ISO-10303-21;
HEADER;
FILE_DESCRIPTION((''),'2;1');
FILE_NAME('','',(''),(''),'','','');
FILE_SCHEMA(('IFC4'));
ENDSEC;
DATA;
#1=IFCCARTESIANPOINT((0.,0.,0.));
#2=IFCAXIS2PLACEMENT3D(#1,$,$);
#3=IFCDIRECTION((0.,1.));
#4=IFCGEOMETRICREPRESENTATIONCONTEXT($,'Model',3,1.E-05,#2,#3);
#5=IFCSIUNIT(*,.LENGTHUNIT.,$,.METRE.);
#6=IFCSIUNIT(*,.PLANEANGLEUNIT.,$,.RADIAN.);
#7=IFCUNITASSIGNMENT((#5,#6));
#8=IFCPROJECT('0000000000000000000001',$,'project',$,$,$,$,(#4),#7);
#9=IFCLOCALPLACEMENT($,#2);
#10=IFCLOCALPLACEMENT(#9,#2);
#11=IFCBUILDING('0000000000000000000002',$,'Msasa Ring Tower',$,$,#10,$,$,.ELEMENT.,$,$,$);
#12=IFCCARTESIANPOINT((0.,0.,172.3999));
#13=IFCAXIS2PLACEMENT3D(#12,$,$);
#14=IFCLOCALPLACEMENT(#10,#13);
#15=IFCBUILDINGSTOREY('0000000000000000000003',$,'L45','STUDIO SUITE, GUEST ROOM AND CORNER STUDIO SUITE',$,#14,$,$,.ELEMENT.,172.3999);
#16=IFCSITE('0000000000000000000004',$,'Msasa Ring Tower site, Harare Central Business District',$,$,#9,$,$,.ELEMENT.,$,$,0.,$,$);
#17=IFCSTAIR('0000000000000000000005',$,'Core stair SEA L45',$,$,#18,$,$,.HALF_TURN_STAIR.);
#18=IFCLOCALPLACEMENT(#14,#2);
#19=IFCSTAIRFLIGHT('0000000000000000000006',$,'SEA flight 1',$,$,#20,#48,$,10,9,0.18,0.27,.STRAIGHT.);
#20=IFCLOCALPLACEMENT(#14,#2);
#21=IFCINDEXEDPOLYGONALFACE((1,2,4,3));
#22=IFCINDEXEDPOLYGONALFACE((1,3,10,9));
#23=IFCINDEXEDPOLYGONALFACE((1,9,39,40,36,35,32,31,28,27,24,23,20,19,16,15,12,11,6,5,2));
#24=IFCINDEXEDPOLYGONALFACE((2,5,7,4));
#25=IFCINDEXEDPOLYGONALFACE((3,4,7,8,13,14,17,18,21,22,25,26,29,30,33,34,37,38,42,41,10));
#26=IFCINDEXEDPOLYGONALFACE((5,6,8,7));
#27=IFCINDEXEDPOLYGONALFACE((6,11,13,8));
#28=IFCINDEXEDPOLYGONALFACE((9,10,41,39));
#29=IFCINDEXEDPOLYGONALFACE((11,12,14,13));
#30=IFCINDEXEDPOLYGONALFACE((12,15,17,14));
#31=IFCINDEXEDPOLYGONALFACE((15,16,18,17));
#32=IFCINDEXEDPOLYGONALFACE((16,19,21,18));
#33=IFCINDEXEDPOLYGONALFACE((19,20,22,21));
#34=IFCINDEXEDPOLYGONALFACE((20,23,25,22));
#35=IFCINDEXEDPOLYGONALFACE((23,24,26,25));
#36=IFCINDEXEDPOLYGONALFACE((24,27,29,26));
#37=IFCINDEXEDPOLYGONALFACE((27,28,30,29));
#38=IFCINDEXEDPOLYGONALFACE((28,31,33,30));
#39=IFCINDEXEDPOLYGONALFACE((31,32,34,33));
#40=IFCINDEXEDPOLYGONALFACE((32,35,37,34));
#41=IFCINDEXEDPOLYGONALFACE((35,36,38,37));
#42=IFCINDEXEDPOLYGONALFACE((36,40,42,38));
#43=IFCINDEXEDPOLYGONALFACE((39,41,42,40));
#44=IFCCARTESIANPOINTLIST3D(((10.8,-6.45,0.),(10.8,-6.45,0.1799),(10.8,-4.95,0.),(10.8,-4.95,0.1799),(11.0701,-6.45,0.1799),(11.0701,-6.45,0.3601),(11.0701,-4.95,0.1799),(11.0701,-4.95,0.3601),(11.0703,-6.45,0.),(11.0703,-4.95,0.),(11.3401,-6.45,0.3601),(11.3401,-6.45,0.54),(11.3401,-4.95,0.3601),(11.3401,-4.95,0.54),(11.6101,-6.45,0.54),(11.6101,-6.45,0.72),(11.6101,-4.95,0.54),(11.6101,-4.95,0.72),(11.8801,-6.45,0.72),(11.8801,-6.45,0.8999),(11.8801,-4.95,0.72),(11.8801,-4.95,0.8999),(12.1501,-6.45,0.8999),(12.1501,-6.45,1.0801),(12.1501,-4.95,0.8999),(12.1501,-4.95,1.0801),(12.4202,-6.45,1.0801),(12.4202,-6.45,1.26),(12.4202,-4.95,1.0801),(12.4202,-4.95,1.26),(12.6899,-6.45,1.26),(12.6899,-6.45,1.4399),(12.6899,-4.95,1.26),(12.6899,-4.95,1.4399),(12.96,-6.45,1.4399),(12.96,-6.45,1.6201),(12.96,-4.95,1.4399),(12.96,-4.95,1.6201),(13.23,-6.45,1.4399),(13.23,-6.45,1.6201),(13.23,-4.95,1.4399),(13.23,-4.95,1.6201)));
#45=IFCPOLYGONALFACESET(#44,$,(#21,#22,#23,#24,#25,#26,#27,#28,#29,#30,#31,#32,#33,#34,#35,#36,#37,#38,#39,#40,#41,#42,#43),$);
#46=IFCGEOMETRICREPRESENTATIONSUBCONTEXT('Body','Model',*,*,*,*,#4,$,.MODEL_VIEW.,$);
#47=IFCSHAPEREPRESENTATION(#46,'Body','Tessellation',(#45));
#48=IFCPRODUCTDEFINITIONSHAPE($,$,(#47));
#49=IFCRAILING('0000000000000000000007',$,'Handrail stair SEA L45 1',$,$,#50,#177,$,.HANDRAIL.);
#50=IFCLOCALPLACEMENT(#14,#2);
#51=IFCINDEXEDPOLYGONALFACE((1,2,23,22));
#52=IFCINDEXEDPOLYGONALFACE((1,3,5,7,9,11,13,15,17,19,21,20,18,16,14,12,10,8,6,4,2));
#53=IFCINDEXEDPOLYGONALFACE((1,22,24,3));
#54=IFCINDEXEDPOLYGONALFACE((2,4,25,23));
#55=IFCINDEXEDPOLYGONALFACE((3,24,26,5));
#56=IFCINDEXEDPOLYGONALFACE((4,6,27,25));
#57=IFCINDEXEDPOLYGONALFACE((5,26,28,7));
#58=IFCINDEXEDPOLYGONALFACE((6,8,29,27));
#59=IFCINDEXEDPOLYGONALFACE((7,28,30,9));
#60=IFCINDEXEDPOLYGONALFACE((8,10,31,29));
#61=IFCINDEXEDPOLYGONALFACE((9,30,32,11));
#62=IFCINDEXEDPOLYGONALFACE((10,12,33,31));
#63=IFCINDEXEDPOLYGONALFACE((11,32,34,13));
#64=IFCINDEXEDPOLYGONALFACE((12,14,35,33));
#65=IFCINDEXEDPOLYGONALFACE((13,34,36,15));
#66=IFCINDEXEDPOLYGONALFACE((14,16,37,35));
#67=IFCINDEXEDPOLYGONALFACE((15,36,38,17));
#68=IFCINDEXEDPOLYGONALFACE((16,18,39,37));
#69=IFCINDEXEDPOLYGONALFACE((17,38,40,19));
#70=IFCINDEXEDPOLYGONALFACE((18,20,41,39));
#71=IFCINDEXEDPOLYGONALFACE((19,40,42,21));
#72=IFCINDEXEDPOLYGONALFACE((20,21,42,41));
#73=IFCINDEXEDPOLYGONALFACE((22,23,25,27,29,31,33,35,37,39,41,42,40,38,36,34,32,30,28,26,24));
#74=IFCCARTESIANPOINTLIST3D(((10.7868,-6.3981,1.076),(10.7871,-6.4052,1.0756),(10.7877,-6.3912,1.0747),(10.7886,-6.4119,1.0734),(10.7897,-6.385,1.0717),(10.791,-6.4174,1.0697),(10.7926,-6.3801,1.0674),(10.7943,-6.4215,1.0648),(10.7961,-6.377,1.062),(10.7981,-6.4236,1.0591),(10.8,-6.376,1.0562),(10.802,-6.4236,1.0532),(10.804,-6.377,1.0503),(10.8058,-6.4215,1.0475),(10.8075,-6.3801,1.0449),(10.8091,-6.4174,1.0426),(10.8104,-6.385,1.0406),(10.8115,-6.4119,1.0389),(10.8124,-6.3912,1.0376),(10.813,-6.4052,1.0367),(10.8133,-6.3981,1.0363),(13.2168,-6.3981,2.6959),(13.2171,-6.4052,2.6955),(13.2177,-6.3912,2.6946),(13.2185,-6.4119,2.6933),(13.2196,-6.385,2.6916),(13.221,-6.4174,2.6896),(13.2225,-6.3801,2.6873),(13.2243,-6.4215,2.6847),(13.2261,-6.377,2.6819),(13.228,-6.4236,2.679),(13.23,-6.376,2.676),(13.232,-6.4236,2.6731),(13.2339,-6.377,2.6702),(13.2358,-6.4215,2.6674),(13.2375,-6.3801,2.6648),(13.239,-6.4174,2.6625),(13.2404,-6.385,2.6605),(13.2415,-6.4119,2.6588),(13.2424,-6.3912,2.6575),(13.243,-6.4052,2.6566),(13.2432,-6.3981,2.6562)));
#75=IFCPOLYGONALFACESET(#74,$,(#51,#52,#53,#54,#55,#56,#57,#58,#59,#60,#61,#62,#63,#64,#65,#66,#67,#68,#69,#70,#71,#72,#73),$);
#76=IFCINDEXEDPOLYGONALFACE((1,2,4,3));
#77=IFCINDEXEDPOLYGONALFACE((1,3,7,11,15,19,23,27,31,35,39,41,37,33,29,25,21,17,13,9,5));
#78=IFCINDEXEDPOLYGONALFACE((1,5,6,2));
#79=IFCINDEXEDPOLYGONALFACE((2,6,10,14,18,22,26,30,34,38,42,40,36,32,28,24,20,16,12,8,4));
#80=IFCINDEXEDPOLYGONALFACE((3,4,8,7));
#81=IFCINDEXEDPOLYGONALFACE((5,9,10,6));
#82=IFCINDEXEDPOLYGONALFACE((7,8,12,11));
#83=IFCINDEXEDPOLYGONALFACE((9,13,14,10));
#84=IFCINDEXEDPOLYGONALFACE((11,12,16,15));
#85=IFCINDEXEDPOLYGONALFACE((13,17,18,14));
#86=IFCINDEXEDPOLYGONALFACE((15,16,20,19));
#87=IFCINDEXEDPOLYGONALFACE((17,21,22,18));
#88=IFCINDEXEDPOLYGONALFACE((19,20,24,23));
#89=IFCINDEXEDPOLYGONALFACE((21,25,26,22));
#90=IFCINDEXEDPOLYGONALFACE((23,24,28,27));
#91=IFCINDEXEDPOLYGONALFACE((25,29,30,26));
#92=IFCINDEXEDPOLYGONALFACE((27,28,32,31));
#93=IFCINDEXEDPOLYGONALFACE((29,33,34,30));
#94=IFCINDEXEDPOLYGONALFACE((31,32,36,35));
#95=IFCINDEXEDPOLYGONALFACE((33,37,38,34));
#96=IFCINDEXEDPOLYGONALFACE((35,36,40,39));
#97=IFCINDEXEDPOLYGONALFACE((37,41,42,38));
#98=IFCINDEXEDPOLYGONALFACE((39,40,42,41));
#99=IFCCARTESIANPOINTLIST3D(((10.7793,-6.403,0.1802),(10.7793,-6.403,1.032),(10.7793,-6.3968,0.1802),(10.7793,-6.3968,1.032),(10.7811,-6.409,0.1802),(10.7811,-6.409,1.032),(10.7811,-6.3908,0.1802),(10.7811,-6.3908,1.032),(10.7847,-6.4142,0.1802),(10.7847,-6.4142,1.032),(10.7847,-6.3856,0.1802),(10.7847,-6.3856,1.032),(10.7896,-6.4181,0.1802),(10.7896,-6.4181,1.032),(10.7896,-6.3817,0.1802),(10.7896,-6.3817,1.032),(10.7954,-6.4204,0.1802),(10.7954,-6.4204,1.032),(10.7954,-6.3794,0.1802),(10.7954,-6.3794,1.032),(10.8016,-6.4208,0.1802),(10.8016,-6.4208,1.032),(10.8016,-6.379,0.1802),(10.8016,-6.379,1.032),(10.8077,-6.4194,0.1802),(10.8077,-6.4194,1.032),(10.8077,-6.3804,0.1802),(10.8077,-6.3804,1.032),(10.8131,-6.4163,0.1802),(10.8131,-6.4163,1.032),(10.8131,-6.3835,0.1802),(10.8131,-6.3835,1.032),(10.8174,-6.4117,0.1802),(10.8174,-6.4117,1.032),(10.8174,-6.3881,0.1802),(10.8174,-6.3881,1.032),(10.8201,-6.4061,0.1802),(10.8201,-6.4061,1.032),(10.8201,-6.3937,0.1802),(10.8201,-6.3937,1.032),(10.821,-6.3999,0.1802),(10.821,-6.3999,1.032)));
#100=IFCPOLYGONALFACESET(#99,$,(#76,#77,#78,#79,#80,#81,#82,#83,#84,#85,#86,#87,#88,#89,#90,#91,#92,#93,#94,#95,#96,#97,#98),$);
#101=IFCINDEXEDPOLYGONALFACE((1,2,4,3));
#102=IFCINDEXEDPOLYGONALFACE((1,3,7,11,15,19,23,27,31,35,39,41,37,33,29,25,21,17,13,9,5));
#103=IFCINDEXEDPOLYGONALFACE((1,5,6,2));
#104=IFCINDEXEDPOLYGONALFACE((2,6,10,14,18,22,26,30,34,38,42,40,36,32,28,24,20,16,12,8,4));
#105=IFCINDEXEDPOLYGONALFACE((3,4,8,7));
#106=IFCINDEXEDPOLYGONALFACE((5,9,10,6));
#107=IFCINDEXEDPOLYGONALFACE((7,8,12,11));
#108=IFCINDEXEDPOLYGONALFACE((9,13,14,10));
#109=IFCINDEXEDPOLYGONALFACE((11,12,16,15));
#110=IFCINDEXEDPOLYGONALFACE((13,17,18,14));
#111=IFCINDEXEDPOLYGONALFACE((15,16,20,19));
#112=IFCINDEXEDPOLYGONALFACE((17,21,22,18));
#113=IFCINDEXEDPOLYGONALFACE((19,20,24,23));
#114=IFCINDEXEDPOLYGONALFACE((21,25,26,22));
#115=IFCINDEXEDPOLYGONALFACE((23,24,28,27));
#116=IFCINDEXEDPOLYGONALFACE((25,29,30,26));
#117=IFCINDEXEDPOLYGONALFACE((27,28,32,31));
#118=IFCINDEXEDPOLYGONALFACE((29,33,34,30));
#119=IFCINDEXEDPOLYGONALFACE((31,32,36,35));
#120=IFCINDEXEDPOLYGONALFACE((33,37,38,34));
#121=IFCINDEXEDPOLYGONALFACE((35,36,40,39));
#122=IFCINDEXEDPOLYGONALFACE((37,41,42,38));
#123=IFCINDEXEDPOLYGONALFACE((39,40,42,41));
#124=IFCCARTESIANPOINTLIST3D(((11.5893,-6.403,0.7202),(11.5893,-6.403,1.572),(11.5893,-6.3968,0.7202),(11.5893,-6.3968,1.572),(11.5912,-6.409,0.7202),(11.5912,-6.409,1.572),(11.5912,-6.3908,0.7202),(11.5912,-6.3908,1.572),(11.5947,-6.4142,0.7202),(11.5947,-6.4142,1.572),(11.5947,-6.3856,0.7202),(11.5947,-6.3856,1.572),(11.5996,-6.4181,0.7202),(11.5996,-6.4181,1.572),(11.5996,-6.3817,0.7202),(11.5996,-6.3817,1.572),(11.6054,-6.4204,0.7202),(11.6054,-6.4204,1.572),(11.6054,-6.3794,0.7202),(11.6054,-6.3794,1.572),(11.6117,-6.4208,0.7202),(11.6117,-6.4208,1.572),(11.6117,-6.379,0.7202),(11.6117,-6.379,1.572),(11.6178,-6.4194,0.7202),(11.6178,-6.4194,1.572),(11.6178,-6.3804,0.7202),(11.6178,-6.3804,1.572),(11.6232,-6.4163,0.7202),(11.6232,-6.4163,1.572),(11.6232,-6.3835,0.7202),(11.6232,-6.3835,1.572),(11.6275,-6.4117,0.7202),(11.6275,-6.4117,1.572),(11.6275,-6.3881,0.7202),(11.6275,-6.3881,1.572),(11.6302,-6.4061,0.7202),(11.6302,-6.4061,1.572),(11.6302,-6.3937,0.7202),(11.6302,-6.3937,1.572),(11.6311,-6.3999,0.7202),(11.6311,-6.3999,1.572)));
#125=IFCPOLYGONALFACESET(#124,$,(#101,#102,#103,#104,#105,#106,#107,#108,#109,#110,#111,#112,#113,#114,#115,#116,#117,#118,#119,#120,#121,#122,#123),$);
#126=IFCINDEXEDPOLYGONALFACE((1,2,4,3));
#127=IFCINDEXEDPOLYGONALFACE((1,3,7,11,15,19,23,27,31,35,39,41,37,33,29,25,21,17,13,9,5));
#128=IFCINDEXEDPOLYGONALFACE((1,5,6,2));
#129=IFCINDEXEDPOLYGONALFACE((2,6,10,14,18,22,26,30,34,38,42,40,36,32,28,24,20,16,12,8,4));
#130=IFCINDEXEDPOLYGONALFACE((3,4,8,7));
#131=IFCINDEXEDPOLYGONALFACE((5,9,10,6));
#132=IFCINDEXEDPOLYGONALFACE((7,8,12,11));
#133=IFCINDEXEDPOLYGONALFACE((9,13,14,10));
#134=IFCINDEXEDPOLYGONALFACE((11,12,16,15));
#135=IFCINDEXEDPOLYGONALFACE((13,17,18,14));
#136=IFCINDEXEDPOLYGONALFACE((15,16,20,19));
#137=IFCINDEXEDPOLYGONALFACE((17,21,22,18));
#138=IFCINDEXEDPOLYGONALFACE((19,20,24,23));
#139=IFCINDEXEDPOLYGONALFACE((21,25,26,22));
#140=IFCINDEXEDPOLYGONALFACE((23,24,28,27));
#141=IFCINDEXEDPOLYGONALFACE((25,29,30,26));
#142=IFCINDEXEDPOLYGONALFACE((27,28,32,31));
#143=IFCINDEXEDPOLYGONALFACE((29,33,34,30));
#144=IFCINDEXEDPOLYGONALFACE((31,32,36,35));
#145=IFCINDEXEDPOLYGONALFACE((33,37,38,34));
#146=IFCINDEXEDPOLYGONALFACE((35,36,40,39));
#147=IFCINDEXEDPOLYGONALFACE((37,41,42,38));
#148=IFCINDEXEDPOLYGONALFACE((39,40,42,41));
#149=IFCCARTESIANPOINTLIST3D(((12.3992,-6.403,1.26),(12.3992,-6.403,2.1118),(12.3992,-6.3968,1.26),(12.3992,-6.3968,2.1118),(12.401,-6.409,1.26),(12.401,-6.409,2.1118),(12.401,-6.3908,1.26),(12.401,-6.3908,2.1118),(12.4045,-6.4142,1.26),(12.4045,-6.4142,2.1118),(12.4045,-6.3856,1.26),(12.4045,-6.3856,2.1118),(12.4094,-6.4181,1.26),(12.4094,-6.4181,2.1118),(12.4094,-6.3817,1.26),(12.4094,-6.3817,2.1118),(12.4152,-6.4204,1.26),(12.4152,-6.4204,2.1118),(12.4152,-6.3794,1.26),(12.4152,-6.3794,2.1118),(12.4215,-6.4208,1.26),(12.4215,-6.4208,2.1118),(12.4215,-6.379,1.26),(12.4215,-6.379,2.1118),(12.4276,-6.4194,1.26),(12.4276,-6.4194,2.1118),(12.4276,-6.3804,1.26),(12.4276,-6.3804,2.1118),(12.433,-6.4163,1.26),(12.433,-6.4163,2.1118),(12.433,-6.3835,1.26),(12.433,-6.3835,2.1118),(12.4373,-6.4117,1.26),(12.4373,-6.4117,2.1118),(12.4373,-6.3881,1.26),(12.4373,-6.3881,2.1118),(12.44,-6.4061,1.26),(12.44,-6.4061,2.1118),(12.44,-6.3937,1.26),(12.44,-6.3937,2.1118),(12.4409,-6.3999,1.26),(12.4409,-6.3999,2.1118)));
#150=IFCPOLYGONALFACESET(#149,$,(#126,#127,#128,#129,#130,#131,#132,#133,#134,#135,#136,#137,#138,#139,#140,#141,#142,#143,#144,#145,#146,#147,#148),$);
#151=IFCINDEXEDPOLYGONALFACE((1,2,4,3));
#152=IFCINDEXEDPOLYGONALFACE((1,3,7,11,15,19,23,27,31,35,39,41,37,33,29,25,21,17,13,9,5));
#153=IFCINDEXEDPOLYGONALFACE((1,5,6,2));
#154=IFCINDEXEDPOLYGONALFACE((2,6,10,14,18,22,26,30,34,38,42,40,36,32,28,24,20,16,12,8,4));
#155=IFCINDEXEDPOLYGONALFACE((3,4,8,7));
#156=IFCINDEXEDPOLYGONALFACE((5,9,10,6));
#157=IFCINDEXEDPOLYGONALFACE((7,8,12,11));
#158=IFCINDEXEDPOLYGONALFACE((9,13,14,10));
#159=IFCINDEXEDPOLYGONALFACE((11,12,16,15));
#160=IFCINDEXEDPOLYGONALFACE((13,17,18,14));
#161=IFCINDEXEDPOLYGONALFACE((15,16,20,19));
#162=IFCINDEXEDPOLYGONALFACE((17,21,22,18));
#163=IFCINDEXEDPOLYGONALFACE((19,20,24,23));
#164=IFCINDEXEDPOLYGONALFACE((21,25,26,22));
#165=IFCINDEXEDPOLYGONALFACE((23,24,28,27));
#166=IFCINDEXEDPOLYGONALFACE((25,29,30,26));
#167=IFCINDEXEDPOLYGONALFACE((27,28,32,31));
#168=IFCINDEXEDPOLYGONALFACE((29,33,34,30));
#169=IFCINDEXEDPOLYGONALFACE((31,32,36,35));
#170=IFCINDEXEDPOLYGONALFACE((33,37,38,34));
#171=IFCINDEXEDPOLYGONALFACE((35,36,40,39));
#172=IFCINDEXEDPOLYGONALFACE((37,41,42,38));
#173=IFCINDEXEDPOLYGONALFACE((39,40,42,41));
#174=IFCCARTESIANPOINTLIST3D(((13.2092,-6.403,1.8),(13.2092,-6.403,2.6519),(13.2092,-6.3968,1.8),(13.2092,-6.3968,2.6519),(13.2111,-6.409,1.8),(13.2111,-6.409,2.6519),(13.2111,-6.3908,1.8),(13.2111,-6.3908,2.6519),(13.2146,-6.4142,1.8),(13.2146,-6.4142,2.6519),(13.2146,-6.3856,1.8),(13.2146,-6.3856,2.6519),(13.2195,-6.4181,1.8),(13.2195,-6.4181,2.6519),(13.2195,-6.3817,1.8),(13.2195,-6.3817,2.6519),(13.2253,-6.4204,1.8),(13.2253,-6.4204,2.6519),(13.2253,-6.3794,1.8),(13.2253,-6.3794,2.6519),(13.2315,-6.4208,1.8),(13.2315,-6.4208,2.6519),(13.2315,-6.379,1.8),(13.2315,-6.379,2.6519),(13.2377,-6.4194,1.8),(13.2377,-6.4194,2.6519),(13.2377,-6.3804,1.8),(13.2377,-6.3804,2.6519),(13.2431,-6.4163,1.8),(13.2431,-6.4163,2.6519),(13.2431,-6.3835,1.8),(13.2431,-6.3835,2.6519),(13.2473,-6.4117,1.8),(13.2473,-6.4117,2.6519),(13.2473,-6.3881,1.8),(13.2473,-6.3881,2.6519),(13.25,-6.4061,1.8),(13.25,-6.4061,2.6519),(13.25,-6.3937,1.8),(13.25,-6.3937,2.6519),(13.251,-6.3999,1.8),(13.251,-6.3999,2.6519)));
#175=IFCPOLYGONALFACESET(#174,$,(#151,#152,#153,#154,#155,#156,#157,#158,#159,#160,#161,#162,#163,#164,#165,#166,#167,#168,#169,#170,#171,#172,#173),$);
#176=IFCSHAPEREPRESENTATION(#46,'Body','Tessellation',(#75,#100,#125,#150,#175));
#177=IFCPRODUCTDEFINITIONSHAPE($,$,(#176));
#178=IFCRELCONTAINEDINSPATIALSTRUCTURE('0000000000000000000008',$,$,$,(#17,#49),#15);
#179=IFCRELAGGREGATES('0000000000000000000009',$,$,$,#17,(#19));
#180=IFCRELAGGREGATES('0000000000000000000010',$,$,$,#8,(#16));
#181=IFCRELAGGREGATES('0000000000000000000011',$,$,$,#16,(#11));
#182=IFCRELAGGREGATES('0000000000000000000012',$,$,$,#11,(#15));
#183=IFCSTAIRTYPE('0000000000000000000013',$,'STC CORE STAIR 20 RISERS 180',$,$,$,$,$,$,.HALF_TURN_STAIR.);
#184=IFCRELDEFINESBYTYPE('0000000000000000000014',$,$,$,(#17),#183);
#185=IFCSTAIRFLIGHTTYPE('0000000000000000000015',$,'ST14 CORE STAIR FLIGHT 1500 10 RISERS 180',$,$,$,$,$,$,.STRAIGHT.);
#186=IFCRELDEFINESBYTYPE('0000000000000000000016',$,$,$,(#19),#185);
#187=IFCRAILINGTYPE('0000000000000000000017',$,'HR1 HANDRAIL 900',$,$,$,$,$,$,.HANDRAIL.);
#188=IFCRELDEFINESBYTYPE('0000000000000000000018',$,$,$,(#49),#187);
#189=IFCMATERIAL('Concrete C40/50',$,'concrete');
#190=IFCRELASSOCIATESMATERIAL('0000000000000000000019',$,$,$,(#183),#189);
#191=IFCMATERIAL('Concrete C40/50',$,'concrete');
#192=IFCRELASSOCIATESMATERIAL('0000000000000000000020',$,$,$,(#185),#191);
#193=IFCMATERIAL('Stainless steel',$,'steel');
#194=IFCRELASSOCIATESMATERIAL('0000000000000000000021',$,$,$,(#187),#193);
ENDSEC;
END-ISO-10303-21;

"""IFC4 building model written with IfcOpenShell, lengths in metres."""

from ifc_helpers import new_model, si_unit, direction, frame, origin, origin_2d, place, context, subcontext, project, spatial, polyline, circle, outline, extrude, material, type_object, element, aggregate, save


model = new_model("IFC4")

# Units and contexts
model_context = context("Model", 3, precision=1e-05, world=origin(), true_north=direction((0.0, 1.0)))
body_context = subcontext(model_context, "Body", "Model", "MODEL_VIEW")
ifc_project = project(units=[si_unit("LENGTHUNIT", "METRE"), si_unit("PLANEANGLEUNIT", "RADIAN")], contexts=[model_context])

# Site, building, storey
site_placement = place(None, origin())
site = spatial("IfcSite", under=ifc_project, at=site_placement, Name="Msasa Ring Tower site, Harare Central Business District", CompositionType="ELEMENT", RefElevation=0.0)
building_placement = place(site_placement, origin())
building = spatial("IfcBuilding", under=site, at=building_placement, Name="Msasa Ring Tower", CompositionType="ELEMENT")
storey_placement = place(building_placement, frame((0.0, 0.0, 172.3999)))
storey = spatial("IfcBuildingStorey", under=building, at=storey_placement, Name="L45", Description="STUDIO SUITE, GUEST ROOM AND CORNER STUDIO SUITE", CompositionType="ELEMENT", Elevation=172.3999)

# Stair
ifc_material_1 = material(Name="Concrete C40/50", Category="concrete")
stair_type = type_object("IfcStairType", Name="STC CORE STAIR 20 RISERS 180", PredefinedType="HALF_TURN_STAIR", material=ifc_material_1)
stair_1_placement = place(storey_placement, origin())
stair_1 = element("IfcStair", 1, at=stair_1_placement, inside=storey, type_object=stair_type, Name="Core stair SEA L45", PredefinedType="HALF_TURN_STAIR")

# Stair flight
ifc_material_2 = material(Name="Concrete C40/50", Category="concrete")
stair_flight_type = type_object("IfcStairFlightType", Name="ST14 CORE STAIR FLIGHT 1500 10 RISERS 180", PredefinedType="STRAIGHT", material=ifc_material_2)
stair_flight_placement = place(storey_placement, frame((10.8, -5.7, 0.0), z_axis=(0.0, 0.0, 1.0), x_axis=(1.0, 0.0, 0.0)))
stair_flight = element("IfcStairFlight", 2, at=stair_flight_placement, type_object=stair_flight_type, Name="SEA flight 1", NumberOfRisers=10, NumberOfTreads=9, PredefinedType="STRAIGHT", RiserHeight=0.18, TreadLength=0.27, context=body_context, shape_type="SweptSolid", body=[
    extrude(outline(polyline([(0.0, 0.0), (0.0, 0.1799), (0.27, 0.1799), (0.27, 0.3601), (0.54, 0.3601), (0.54, 0.54), (0.8101, 0.54), (0.8101, 0.72), (1.0801, 0.72), (1.0801, 0.8999), (1.3501, 0.8999), (1.3501, 1.0801), (1.6201, 1.0801), (1.6201, 1.26), (1.8899, 1.26), (1.8899, 1.4399), (2.1599, 1.4399), (2.1599, 1.6201), (2.4299, 1.6201), (2.4299, 1.8), (2.4299, 1.4399), (0.2703, 0.0), (0.0, 0.0)])), frame((0.0, 0.75, 0.0), z_axis=(0.0, -1.0, 0.0), x_axis=(1.0, 0.0, 0.0)), (0.0, 0.0, 1.0), 1.5),
])
aggregate(stair_1, [stair_flight])

# Railing
ifc_material_3 = material(Name="Stainless steel", Category="steel")
railing_type = type_object("IfcRailingType", Name="HR1 HANDRAIL 900", PredefinedType="HANDRAIL", material=ifc_material_3)
for number, where, name in (
    (3, (10.8, -6.3999, 0.1802), "Handrail stair SEA L45 1"),
):
    element("IfcRailing", number, at=place(storey_placement, frame(where)), inside=storey, type_object=railing_type, Name=name, PredefinedType="HANDRAIL", context=body_context, shape_type="SweptSolid", body=[
        extrude(circle(Radius=0.0239, at=origin_2d()), frame((0.0, 0.0, 0.876), z_axis=(0.832063, 0.0, 0.554681), x_axis=(0.0, 1.0, 0.0)), (0.0, 0.0, 1.0), 2.9204),
        extrude(circle(Radius=0.021, at=origin_2d()), origin(), (0.0, 0.0, 1.0), 0.8518),
        extrude(circle(Radius=0.021, at=origin_2d()), frame((0.8101, 0.0, 0.54)), (0.0, 0.0, 1.0), 0.8518),
        extrude(circle(Radius=0.021, at=origin_2d()), frame((1.6199, 0.0, 1.0798)), (0.0, 0.0, 1.0), 0.8518),
        extrude(circle(Radius=0.021, at=origin_2d()), frame((2.4299, 0.0, 1.6199)), (0.0, 0.0, 1.0), 0.8518),
    ])

save(model, "model.ifc")
